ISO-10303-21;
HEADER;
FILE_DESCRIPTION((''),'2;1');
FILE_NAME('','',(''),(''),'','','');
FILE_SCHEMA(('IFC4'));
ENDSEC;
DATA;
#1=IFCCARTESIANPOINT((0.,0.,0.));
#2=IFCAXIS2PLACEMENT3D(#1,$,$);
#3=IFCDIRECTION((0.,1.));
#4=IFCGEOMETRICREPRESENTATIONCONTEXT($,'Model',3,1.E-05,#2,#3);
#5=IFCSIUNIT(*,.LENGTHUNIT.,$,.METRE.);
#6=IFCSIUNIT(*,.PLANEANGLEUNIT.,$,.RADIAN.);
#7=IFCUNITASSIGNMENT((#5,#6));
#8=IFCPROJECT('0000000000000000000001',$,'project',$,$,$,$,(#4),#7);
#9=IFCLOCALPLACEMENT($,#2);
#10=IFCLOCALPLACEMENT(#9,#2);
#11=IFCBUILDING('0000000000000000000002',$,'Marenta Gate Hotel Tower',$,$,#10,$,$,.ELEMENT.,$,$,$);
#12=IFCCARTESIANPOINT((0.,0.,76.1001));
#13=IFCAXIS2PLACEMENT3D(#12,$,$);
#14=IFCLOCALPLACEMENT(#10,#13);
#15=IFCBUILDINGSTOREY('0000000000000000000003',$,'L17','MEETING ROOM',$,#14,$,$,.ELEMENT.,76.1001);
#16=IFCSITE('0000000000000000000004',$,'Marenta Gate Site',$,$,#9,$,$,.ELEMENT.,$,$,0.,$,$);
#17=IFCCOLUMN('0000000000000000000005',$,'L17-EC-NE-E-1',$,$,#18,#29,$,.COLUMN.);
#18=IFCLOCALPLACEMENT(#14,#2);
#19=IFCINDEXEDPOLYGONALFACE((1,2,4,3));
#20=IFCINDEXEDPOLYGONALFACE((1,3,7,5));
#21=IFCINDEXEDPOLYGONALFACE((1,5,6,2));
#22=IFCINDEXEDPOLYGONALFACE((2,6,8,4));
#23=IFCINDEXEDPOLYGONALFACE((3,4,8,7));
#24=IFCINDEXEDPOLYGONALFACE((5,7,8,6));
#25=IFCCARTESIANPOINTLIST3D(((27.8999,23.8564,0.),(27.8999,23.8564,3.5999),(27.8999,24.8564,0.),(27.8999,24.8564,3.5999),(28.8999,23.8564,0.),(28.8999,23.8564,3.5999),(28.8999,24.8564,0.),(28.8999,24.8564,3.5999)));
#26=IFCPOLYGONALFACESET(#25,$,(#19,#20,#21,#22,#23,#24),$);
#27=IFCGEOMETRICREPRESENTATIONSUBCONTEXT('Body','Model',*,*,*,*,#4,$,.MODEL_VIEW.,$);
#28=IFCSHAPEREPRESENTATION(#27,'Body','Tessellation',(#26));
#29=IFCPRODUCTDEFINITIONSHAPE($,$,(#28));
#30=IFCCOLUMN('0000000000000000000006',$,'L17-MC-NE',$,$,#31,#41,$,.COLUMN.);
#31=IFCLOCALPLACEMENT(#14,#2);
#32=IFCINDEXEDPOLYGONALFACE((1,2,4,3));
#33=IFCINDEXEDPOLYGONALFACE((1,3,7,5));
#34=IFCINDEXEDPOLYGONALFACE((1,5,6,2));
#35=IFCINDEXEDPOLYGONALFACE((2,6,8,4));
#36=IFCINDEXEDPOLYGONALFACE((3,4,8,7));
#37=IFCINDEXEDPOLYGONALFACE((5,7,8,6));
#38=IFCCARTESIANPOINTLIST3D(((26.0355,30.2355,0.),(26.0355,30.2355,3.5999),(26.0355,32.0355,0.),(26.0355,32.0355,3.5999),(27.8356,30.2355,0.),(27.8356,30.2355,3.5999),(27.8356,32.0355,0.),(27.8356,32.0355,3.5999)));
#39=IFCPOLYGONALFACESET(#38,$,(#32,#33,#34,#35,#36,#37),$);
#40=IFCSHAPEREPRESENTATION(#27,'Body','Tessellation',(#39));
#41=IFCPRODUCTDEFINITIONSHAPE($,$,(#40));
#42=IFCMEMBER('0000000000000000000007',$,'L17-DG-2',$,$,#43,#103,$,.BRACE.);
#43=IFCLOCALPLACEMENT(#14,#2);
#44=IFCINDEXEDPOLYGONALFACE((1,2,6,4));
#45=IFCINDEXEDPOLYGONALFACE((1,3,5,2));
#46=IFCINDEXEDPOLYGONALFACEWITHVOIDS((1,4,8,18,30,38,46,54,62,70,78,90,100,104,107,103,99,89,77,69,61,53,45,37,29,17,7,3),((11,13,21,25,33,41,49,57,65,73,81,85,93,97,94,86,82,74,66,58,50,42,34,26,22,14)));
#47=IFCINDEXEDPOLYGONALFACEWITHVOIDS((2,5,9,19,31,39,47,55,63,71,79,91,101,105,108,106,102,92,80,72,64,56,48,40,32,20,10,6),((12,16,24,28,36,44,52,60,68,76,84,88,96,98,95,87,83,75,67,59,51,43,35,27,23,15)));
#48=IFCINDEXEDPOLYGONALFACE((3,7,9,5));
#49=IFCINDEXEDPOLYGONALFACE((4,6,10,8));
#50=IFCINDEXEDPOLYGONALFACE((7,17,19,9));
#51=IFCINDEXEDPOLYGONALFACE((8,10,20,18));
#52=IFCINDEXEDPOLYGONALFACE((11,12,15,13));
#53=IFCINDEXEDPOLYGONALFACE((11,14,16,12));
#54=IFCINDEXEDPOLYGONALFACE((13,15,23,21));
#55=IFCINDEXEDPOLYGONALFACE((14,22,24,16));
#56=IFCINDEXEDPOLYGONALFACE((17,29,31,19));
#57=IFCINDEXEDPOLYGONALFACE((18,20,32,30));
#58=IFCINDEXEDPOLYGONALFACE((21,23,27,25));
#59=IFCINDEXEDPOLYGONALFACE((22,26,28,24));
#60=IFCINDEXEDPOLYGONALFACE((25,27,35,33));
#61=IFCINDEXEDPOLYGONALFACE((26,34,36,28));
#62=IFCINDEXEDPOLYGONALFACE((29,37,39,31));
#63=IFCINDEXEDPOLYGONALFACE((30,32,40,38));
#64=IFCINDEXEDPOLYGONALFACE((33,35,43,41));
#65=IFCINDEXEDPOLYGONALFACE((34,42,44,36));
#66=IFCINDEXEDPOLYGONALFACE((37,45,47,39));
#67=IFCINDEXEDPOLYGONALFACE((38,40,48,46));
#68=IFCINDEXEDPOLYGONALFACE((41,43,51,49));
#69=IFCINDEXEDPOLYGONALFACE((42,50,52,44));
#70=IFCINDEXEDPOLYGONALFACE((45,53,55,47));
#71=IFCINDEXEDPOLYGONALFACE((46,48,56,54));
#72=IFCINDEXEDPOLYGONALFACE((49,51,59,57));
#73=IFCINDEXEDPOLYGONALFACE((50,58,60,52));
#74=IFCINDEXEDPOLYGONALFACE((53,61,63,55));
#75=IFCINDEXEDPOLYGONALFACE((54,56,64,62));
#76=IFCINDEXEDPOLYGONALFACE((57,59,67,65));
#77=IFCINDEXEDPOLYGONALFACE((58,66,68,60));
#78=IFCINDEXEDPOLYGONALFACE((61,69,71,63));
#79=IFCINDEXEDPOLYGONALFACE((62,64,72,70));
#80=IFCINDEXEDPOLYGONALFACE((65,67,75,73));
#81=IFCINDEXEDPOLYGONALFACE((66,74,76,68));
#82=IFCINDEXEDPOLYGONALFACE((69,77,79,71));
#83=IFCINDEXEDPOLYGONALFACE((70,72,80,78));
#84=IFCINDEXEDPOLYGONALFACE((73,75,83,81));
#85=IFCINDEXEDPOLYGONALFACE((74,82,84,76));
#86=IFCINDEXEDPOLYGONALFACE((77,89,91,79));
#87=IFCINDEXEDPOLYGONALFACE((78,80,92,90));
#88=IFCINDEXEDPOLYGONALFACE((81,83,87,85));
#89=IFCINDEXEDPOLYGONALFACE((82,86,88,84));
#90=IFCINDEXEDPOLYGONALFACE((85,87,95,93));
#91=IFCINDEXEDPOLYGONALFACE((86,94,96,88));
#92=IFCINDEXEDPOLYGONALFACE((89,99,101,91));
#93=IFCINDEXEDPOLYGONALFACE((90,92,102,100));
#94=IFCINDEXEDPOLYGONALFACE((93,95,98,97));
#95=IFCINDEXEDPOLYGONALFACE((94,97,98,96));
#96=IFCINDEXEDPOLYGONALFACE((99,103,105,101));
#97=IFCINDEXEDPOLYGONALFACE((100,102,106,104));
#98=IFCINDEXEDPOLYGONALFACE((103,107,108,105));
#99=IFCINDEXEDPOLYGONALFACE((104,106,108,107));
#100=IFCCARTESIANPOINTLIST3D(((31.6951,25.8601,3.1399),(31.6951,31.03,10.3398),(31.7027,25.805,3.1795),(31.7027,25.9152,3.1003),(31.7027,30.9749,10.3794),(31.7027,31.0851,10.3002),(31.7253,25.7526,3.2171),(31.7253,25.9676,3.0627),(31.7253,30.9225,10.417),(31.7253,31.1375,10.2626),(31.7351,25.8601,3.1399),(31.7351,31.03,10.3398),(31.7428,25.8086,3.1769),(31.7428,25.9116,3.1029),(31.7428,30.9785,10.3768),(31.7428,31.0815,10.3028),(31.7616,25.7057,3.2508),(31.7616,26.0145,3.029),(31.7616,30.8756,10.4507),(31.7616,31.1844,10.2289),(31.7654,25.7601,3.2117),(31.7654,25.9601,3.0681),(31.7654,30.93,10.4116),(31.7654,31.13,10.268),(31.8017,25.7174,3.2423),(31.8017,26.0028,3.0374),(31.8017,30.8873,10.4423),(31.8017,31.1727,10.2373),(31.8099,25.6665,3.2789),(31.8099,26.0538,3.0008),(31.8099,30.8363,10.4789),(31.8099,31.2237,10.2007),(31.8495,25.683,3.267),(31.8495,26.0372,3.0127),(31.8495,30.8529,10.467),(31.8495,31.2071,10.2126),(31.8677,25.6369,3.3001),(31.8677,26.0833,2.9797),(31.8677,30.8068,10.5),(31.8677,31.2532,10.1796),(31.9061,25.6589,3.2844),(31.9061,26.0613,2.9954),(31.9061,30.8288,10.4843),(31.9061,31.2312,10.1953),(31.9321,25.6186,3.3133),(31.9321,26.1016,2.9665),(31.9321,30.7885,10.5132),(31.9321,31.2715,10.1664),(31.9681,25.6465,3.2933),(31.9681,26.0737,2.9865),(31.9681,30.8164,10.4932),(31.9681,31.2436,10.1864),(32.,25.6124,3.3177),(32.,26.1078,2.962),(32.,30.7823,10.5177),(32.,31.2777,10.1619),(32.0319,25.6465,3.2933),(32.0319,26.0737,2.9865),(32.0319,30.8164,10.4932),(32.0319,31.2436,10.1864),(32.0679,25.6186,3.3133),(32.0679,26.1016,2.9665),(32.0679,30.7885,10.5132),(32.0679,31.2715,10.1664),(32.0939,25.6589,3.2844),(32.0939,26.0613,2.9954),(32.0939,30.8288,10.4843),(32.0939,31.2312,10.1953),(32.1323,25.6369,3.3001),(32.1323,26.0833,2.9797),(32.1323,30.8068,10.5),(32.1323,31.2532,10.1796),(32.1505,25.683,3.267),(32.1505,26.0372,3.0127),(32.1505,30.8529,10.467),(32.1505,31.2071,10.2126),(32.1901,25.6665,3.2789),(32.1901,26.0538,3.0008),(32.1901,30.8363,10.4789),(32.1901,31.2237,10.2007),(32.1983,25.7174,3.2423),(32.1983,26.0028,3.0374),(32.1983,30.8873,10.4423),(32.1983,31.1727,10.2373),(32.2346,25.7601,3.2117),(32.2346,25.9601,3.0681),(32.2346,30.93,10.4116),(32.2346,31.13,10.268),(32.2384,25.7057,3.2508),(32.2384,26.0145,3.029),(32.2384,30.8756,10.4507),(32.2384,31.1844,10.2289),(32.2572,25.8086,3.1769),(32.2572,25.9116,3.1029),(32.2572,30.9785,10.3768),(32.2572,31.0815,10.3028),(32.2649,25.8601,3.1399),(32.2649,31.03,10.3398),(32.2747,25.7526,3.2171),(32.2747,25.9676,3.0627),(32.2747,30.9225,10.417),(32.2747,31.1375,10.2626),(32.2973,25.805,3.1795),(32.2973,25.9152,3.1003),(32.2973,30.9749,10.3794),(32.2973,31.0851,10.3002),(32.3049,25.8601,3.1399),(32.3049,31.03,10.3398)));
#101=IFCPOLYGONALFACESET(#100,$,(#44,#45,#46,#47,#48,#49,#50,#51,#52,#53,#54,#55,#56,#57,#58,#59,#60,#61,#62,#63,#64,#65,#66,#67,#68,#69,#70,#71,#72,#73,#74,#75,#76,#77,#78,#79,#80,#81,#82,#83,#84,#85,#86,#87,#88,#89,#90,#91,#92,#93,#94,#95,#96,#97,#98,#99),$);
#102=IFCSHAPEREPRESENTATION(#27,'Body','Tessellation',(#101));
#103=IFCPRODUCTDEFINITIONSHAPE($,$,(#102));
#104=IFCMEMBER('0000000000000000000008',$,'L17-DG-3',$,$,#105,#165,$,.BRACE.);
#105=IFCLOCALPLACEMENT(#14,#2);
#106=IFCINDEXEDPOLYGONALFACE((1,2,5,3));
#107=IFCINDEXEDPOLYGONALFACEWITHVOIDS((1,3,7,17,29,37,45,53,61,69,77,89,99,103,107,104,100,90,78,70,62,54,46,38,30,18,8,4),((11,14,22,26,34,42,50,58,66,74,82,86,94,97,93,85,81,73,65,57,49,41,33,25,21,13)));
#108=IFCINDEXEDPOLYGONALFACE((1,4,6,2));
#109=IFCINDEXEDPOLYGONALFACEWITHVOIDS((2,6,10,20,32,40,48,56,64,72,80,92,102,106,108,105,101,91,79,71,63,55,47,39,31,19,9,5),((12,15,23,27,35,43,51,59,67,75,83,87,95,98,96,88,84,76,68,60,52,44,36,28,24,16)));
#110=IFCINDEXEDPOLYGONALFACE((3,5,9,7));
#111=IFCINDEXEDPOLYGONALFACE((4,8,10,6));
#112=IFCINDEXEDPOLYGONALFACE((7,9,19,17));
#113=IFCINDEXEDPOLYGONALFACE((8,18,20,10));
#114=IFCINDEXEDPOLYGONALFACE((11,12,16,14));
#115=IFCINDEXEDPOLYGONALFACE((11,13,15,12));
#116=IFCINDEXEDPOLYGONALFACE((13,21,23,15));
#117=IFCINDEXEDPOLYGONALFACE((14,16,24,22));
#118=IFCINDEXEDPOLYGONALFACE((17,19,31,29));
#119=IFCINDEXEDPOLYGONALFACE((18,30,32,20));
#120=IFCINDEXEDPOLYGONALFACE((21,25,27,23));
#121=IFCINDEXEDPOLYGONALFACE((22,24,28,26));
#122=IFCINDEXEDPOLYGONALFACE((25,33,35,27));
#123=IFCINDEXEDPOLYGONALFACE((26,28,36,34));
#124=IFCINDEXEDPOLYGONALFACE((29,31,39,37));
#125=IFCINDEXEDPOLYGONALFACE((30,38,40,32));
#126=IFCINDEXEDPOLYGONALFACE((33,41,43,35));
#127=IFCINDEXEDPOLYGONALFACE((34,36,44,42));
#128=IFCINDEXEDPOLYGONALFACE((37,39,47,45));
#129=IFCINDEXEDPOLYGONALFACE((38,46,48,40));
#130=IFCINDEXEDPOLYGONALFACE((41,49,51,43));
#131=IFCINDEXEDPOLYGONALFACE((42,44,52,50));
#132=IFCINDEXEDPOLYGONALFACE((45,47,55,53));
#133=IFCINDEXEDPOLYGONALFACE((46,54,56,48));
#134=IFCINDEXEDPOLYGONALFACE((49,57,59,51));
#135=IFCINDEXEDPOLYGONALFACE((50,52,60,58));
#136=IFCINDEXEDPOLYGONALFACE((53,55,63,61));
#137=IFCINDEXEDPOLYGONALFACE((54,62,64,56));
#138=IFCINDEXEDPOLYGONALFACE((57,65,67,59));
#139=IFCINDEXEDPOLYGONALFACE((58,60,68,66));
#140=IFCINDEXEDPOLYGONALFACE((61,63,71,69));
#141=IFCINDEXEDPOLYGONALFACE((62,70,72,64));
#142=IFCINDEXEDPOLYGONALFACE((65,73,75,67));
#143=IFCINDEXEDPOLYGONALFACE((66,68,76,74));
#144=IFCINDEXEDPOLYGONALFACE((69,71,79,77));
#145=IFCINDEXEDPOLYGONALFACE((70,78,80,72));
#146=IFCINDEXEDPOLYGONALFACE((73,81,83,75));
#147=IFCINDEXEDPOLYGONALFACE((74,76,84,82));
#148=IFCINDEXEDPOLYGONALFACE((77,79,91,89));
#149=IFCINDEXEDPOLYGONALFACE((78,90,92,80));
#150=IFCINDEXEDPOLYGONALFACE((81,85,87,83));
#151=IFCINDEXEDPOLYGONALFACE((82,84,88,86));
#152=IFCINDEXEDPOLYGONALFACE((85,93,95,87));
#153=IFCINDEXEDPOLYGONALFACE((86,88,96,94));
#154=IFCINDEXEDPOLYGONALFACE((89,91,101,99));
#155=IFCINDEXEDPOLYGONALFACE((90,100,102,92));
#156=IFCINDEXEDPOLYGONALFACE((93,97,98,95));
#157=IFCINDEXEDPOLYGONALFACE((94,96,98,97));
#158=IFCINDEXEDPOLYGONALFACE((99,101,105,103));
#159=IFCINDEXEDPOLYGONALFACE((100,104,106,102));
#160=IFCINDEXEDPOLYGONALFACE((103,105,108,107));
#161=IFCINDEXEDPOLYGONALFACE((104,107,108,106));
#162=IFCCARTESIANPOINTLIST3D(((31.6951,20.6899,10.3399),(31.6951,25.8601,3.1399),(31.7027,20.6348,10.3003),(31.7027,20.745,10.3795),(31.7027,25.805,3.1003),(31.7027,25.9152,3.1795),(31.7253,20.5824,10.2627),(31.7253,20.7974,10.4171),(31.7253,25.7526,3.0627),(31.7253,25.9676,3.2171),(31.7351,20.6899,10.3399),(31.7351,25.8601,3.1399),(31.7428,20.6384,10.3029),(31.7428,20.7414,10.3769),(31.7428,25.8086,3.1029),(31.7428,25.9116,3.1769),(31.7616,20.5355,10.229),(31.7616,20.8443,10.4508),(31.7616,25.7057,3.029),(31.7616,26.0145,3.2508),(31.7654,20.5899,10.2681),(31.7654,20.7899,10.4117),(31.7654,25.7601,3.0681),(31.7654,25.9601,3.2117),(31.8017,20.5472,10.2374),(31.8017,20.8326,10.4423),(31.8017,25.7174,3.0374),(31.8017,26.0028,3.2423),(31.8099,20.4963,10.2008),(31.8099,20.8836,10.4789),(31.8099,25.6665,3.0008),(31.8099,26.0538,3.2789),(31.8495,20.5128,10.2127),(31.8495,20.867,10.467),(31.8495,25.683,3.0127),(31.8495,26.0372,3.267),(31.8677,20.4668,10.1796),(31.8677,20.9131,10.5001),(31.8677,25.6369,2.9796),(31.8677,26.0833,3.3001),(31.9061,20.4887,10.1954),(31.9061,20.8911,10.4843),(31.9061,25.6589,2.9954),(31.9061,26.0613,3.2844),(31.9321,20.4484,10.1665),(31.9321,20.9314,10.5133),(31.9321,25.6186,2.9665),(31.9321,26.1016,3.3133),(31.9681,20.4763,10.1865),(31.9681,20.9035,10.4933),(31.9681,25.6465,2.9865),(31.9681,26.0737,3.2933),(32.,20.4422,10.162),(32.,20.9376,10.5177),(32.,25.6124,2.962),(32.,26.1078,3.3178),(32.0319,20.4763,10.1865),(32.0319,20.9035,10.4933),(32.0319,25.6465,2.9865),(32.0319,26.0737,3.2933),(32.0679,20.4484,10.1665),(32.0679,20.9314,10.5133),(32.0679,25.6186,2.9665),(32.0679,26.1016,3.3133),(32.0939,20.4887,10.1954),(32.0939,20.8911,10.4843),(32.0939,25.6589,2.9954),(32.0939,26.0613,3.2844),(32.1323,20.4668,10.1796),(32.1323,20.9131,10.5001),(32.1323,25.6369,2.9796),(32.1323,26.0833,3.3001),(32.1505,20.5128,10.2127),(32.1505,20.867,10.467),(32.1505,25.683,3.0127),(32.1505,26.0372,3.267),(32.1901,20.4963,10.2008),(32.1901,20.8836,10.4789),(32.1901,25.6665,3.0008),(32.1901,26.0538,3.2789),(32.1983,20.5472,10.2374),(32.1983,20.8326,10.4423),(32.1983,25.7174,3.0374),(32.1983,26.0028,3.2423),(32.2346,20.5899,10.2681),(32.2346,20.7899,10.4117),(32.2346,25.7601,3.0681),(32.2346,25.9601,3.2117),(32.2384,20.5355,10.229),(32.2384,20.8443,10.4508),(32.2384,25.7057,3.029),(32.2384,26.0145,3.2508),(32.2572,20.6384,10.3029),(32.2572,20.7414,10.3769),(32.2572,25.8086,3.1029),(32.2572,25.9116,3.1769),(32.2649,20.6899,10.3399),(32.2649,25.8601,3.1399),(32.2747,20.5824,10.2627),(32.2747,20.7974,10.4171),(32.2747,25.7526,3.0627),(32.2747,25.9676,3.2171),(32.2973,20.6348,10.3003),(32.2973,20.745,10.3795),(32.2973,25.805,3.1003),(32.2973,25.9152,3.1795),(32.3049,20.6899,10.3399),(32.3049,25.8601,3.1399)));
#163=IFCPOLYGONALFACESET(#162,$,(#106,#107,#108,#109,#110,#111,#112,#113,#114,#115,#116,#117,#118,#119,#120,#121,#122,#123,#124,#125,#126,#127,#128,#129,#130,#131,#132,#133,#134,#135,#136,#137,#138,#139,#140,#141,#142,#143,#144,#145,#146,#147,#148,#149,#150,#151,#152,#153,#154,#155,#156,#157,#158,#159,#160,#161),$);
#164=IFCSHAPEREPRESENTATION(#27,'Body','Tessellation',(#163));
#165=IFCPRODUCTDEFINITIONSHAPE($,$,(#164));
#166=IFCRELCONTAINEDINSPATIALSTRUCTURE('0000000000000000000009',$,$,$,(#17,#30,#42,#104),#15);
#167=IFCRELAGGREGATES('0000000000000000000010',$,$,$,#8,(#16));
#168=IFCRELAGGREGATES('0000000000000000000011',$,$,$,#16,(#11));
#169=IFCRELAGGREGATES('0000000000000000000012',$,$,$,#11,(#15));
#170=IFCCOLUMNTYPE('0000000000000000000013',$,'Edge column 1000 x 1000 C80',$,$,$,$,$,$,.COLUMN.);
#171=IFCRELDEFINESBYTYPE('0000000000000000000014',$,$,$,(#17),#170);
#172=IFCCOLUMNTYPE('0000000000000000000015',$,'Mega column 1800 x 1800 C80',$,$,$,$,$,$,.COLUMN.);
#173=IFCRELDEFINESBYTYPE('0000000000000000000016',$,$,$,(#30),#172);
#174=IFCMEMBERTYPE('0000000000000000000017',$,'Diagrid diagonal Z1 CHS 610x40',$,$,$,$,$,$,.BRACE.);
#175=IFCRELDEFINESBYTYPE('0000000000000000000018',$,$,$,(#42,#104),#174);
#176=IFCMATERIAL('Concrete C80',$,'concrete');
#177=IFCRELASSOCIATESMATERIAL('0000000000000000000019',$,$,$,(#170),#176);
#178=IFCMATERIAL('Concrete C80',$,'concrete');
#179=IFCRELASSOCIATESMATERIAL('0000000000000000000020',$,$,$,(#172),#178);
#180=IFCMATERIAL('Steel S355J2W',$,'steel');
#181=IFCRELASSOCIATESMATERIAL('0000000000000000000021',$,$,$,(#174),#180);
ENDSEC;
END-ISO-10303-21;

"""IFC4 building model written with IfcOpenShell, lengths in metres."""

from ifc_helpers import new_model, si_unit, direction, frame, origin, origin_2d, place, context, subcontext, project, spatial, rectangle, hollow_circle, extrude, material, material_profile, profile_set, type_object, element, save


model = new_model("IFC4")

# Units and contexts
model_context = context("Model", 3, precision=1e-05, world=origin(), true_north=direction((0.0, 1.0)))
body_context = subcontext(model_context, "Body", "Model", "MODEL_VIEW")
ifc_project = project(units=[si_unit("LENGTHUNIT", "METRE"), si_unit("PLANEANGLEUNIT", "RADIAN")], contexts=[model_context])

# Site, building, storey
site_placement = place(None, origin())
site = spatial("IfcSite", under=ifc_project, at=site_placement, Name="Marenta Gate Site", CompositionType="ELEMENT", RefElevation=0.0)
building_placement = place(site_placement, origin())
building = spatial("IfcBuilding", under=site, at=building_placement, Name="Marenta Gate Hotel Tower", CompositionType="ELEMENT")
storey_placement = place(building_placement, frame((0.0, 0.0, 76.1001)))
storey = spatial("IfcBuildingStorey", under=building, at=storey_placement, Name="L17", Description="MEETING ROOM", CompositionType="ELEMENT", Elevation=76.1001)

# Columns
ifc_material_1 = material(Name="Concrete C80", Category="concrete")
ifc_material_profile_1 = material_profile(ifc_material_1, rectangle(XDim=1.0, YDim=1.0, at=origin_2d()), Name="1000 x 1000")
ifc_profile_set_1 = profile_set([ifc_material_profile_1], Name="Concrete C80")
column_type_1 = type_object("IfcColumnType", Name="Edge column 1000 x 1000 C80", PredefinedType="COLUMN", material=ifc_profile_set_1)
column_1_placement = place(storey_placement, frame((28.3999, 24.3564, 0.0), z_axis=(0.0, 0.0, 1.0), x_axis=(1.0, 0.0, 0.0)))
element("IfcColumn", 1, at=column_1_placement, inside=storey, type_object=column_type_1, Name="L17-EC-NE-E-1", PredefinedType="COLUMN", context=body_context, shape_type="SweptSolid", body=[
    extrude(rectangle(XDim=1.0, YDim=1.0, at=origin_2d()), origin(), (0.0, 0.0, 1.0), 3.5999),
])
ifc_material_2 = material(Name="Concrete C80", Category="concrete")
ifc_material_profile_2 = material_profile(ifc_material_2, rectangle(XDim=1.8, YDim=1.8, at=origin_2d()), Name="1800 x 1800")
ifc_profile_set_2 = profile_set([ifc_material_profile_2], Name="Concrete C80")
column_type_2 = type_object("IfcColumnType", Name="Mega column 1800 x 1800 C80", PredefinedType="COLUMN", material=ifc_profile_set_2)
column_2_placement = place(storey_placement, frame((26.9355, 31.1355, 0.0), z_axis=(0.0, 0.0, 1.0), x_axis=(1.0, 0.0, 0.0)))
element("IfcColumn", 2, at=column_2_placement, inside=storey, type_object=column_type_2, Name="L17-MC-NE", PredefinedType="COLUMN", context=body_context, shape_type="SweptSolid", body=[
    extrude(rectangle(XDim=1.8, YDim=1.8, at=origin_2d()), origin(), (0.0, 0.0, 1.0), 3.5999),
])

# Members
ifc_material_3 = material(Name="Steel S355J2W", Category="steel")
ifc_material_profile_3 = material_profile(ifc_material_3, hollow_circle(Radius=0.3049, WallThickness=0.04, at=origin_2d()), Name="CHS 610x40")
ifc_profile_set_3 = profile_set([ifc_material_profile_3], Name="Steel S355J2W")
member_type_1 = type_object("IfcMemberType", Name="Diagrid diagonal Z1 CHS 610x40", PredefinedType="BRACE", material=ifc_profile_set_3)
member_1_placement = place(storey_placement, frame((32.0, 25.8601, 3.1399), z_axis=(0.0, 0.583261, 0.812285), x_axis=(-1.0, 0.0, 0.0)))
element("IfcMember", 3, at=member_1_placement, inside=storey, type_object=member_type_1, Name="L17-DG-2", PredefinedType="BRACE", context=body_context, shape_type="SweptSolid", body=[
    extrude(hollow_circle(Radius=0.3049, WallThickness=0.04, at=origin_2d()), origin(), (0.0, 0.0, 1.0), 8.8638),
])
member_2_placement = place(storey_placement, frame((32.0, 25.8601, 3.1399), z_axis=(0.0, -0.583279, 0.812272), x_axis=(1.0, 0.0, 0.0)))
element("IfcMember", 4, at=member_2_placement, inside=storey, type_object=member_type_1, Name="L17-DG-3", PredefinedType="BRACE", context=body_context, shape_type="SweptSolid", body=[
    extrude(hollow_circle(Radius=0.3049, WallThickness=0.04, at=origin_2d()), origin(), (0.0, 0.0, 1.0), 8.864),
])

save(model, "model.ifc")
